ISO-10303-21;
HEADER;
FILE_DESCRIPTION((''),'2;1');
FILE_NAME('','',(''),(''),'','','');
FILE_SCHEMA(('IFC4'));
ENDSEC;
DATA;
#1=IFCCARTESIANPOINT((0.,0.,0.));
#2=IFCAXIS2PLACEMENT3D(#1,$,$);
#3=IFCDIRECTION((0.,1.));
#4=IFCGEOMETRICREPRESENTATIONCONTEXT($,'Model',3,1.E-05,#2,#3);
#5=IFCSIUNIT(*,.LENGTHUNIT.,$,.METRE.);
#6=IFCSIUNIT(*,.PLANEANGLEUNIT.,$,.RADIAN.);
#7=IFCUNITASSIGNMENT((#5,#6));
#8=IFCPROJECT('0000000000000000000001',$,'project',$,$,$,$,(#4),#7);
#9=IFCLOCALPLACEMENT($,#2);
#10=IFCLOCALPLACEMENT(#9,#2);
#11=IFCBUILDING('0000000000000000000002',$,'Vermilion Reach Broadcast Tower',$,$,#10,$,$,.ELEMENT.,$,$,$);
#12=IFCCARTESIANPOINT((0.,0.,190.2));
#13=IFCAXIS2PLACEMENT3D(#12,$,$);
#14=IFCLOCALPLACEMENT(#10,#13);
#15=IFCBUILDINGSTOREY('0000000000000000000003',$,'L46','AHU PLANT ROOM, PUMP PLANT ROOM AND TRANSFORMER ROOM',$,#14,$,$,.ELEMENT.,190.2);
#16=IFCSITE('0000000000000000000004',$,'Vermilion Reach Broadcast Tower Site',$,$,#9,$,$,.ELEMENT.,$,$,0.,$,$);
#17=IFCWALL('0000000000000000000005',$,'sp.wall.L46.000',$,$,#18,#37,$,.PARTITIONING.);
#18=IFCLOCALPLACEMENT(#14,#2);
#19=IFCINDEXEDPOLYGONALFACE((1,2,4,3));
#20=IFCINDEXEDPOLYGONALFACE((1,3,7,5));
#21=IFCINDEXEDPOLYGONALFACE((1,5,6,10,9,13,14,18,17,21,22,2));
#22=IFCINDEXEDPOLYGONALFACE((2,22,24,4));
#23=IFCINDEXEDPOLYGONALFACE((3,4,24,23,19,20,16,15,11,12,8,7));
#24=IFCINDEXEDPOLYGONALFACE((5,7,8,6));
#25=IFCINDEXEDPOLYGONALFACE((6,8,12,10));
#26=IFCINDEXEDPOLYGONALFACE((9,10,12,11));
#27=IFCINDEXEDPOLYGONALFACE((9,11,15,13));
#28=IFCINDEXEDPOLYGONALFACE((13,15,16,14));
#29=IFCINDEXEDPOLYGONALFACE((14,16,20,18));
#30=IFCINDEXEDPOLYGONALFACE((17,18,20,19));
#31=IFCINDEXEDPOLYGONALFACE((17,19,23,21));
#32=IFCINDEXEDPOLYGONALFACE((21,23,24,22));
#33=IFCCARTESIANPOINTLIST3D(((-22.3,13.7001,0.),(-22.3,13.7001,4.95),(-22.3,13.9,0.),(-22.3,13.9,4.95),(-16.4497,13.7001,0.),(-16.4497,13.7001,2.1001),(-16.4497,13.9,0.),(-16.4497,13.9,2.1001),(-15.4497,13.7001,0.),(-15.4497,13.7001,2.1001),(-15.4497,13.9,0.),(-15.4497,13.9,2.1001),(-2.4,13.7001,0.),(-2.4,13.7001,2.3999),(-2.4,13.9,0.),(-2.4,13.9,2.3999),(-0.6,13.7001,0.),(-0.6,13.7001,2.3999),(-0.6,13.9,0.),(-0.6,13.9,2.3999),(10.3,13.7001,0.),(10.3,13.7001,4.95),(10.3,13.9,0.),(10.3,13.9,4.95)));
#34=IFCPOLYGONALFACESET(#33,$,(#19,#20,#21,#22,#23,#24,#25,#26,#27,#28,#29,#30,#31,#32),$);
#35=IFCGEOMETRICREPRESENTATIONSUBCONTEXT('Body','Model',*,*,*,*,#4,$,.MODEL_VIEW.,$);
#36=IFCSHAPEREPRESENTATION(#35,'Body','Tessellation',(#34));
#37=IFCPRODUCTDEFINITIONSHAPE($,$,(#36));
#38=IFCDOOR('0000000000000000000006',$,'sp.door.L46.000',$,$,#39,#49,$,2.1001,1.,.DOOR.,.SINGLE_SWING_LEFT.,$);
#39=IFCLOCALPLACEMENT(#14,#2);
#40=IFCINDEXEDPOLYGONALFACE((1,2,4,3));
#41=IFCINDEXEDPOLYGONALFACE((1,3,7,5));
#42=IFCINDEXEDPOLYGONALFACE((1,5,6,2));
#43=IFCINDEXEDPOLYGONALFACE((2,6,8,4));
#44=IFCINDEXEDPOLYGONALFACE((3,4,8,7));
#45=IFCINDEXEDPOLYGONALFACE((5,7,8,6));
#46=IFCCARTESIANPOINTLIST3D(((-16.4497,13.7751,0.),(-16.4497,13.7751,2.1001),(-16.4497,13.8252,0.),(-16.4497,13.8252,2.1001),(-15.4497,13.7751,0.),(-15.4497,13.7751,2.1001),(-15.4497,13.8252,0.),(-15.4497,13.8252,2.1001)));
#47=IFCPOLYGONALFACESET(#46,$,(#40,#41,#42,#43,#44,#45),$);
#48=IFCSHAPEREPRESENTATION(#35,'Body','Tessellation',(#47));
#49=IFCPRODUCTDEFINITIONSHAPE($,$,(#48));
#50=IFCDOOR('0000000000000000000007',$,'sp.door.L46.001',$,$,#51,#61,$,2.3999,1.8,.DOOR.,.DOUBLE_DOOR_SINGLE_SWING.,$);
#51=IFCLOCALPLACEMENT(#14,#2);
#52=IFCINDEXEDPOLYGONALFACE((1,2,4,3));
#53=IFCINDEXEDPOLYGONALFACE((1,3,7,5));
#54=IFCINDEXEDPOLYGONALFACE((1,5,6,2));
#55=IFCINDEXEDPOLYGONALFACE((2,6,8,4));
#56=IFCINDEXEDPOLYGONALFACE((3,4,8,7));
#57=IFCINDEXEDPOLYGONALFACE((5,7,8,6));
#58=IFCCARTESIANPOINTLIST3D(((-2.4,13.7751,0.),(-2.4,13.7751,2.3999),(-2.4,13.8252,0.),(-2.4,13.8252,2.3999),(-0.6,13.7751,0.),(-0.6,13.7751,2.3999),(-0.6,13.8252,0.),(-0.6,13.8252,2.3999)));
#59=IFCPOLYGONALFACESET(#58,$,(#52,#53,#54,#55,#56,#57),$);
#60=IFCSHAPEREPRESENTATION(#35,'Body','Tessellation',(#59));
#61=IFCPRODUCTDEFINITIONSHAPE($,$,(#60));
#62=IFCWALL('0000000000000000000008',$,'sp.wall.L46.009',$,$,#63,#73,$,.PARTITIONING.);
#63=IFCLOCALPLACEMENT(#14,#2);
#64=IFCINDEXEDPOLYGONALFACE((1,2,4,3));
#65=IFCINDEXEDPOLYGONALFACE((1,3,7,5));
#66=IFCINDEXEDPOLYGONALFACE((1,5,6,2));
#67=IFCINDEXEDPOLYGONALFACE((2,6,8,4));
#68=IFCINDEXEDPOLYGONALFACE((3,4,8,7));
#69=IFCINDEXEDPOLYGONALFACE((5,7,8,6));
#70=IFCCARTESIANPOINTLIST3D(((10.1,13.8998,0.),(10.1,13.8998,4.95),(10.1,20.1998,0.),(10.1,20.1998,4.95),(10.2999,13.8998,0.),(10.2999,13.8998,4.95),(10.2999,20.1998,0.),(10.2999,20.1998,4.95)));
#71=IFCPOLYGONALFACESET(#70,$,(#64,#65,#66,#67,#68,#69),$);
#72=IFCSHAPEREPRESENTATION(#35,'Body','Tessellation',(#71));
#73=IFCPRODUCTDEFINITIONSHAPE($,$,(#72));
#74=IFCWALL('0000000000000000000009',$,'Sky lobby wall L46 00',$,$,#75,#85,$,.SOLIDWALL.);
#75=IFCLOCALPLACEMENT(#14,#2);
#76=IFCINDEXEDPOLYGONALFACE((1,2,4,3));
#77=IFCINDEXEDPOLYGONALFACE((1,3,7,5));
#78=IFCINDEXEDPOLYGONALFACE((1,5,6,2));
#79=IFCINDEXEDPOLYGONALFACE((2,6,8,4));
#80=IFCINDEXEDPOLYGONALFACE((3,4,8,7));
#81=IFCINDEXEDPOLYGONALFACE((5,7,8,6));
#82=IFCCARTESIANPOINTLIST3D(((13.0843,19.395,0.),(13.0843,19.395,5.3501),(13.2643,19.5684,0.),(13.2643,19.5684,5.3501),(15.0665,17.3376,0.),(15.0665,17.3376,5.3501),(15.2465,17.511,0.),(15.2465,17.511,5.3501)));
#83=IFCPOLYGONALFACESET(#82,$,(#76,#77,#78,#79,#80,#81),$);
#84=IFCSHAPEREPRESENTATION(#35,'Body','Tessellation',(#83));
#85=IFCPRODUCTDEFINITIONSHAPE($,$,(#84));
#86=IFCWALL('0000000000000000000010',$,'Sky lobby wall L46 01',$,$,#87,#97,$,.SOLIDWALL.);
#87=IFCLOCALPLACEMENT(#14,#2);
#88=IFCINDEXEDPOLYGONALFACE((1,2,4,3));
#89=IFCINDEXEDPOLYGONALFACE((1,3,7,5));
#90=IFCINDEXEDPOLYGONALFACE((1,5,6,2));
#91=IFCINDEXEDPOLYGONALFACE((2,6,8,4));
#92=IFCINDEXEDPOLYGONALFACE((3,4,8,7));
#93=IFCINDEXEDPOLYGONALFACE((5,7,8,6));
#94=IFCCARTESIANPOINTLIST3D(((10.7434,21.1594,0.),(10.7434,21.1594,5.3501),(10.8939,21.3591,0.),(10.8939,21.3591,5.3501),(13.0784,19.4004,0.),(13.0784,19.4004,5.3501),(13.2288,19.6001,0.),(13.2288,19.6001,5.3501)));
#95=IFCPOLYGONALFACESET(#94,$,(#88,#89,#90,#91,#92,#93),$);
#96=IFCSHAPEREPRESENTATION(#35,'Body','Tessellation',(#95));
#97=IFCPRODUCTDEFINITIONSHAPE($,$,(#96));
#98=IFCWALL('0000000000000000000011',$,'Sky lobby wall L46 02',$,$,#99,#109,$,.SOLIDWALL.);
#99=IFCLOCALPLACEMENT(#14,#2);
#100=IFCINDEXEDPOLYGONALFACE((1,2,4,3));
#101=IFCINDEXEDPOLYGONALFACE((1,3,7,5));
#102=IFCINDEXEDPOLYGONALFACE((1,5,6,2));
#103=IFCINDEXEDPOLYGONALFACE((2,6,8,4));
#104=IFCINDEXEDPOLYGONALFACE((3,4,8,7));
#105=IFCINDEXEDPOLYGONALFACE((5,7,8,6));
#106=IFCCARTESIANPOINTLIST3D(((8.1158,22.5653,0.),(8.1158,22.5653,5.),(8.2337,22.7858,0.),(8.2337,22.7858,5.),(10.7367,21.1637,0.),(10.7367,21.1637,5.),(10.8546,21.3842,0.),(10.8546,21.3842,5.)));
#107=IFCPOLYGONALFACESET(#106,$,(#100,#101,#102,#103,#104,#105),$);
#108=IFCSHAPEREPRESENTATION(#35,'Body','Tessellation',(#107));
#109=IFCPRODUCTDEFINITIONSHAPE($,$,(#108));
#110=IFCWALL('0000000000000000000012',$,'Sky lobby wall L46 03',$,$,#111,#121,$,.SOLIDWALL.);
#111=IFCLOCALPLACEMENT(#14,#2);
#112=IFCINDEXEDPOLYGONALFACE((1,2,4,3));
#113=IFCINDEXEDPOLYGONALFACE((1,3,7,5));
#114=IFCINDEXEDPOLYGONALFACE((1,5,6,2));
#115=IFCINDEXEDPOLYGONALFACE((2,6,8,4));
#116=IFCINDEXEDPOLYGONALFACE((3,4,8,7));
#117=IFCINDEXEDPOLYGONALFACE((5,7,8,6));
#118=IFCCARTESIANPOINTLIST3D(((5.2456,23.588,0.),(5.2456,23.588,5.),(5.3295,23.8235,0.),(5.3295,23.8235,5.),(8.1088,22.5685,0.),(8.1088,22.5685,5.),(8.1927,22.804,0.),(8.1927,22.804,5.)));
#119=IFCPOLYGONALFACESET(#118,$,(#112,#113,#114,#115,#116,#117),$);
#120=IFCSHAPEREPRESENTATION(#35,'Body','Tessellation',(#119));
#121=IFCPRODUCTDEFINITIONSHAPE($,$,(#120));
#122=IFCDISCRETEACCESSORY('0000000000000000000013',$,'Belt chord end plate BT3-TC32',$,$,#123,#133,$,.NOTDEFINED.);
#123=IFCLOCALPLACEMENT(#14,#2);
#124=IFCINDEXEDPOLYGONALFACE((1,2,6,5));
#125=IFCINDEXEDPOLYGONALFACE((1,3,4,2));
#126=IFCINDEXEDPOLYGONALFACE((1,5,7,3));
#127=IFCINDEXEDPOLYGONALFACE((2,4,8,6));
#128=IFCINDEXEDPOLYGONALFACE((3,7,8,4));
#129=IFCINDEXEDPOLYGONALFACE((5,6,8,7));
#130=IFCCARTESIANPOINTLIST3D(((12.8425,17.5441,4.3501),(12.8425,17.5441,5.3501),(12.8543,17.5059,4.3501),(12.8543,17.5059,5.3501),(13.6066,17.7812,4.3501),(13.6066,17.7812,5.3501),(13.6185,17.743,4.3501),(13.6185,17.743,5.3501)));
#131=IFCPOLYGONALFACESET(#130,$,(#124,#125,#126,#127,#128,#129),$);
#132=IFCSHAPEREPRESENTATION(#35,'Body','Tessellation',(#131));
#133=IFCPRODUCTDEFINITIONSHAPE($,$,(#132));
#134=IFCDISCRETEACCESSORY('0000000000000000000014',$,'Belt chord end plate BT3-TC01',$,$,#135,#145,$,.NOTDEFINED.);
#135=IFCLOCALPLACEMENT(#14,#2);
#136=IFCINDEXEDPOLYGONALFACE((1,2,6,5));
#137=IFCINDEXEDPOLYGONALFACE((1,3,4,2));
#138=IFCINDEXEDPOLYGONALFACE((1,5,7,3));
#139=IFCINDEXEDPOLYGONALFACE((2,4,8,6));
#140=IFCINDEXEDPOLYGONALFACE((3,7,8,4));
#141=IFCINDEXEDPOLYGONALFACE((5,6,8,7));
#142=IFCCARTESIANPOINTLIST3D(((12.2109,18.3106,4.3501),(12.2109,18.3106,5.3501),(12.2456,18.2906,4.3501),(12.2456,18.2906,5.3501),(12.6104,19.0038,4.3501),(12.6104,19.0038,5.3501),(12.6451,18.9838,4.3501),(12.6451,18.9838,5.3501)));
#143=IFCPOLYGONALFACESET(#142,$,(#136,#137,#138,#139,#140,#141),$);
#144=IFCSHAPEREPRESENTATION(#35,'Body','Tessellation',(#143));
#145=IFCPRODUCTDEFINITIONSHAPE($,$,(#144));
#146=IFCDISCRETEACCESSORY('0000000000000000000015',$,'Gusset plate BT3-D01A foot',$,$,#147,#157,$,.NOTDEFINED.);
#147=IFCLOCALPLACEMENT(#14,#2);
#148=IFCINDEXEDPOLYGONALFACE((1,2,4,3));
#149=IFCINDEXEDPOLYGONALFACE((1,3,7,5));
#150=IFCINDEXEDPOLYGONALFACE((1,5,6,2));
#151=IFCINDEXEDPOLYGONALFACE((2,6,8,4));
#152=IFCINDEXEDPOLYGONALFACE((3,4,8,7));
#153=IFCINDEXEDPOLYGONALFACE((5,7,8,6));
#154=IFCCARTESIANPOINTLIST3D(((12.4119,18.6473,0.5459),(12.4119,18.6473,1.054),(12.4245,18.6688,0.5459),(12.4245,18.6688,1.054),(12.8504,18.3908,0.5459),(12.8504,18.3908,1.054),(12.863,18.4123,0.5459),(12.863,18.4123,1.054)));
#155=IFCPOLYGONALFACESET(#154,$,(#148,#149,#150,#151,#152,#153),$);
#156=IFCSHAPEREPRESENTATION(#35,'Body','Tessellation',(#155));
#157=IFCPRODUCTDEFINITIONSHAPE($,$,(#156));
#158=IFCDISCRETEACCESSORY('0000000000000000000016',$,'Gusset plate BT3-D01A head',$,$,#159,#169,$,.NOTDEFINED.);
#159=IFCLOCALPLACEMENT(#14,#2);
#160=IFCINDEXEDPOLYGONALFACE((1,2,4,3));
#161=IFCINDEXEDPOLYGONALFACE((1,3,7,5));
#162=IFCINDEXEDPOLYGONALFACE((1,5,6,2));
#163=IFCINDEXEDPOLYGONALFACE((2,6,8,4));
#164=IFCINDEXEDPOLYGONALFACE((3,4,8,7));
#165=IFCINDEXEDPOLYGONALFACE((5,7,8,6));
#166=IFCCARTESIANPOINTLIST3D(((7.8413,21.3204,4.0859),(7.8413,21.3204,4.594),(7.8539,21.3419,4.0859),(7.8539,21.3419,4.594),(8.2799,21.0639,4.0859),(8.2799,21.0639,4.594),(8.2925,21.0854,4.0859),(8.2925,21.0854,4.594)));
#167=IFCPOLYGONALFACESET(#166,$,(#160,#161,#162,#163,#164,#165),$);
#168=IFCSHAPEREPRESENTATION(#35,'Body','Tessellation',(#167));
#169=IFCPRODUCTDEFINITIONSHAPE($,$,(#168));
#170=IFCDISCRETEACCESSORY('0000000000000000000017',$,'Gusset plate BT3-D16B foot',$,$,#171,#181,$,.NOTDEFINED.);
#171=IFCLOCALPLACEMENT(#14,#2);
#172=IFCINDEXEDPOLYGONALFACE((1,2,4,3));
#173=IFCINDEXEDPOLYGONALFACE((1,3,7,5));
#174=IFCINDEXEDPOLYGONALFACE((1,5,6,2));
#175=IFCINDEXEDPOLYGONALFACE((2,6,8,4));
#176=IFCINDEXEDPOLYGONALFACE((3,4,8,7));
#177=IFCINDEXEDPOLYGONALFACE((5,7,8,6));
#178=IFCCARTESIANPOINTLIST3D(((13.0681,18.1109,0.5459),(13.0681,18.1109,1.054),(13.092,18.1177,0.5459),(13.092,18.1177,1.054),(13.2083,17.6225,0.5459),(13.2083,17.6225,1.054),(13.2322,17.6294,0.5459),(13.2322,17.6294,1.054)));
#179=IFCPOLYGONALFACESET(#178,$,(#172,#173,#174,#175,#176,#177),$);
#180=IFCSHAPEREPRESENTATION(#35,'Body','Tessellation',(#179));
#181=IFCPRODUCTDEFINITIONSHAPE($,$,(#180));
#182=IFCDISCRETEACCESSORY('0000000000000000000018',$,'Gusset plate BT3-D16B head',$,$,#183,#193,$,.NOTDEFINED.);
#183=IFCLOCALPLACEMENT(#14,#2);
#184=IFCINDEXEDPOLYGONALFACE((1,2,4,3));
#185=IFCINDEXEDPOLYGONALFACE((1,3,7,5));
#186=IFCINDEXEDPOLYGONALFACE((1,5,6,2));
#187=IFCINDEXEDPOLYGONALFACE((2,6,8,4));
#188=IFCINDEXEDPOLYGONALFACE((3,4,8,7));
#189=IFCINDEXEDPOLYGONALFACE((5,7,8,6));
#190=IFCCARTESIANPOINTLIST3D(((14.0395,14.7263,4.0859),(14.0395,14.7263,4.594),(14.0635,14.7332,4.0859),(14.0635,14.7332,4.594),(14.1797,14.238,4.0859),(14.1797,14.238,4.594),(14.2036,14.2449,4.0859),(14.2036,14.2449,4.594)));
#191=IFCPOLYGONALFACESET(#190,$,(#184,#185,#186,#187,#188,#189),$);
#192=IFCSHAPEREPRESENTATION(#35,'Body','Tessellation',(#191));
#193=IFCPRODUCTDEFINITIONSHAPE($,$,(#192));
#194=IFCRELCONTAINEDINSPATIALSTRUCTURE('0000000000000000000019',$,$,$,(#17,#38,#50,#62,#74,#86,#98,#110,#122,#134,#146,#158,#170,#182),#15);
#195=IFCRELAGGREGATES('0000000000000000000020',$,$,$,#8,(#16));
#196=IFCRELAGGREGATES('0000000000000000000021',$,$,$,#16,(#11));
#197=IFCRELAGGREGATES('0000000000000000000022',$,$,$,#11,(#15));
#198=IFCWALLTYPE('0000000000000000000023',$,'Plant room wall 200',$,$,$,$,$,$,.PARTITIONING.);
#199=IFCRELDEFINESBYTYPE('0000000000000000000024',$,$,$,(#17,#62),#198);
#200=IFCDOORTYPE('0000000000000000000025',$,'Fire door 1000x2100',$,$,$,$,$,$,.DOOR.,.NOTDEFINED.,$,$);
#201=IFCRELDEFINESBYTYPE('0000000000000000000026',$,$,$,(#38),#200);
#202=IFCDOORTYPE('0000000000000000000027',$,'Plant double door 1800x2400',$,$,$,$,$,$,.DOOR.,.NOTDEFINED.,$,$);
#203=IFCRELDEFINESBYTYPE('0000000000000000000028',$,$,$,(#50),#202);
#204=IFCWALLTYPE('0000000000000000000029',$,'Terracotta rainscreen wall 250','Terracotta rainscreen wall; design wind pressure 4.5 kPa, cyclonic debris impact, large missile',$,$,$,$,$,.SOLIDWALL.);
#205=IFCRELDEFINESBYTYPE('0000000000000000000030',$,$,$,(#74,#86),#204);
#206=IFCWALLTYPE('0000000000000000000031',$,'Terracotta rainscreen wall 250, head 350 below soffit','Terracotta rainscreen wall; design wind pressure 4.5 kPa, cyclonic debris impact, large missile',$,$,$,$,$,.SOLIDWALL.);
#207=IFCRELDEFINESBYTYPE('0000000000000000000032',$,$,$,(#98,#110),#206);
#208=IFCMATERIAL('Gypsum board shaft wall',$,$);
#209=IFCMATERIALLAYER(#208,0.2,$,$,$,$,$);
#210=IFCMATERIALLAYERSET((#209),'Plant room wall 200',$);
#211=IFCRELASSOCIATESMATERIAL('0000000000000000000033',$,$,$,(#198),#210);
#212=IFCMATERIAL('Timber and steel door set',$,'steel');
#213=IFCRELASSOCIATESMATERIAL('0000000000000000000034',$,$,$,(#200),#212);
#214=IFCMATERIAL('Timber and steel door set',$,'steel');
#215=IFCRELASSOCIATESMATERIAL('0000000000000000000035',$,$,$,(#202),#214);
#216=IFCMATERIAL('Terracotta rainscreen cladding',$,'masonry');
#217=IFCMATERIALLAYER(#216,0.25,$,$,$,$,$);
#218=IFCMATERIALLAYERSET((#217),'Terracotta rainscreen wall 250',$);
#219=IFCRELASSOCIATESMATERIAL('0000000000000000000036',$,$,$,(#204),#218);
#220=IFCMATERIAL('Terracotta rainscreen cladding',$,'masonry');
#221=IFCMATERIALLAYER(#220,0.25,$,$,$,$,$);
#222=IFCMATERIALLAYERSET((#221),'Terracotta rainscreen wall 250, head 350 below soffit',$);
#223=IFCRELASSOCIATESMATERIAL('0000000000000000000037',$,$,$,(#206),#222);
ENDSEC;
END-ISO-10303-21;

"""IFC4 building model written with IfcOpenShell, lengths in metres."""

from ifc_helpers import new_model, si_unit, direction, frame, frame_2d, origin, origin_2d, place, context, subcontext, project, spatial, rectangle, extrude, material, layer, layer_set, type_object, element, fill, save


model = new_model("IFC4")

# Units and contexts
model_context = context("Model", 3, precision=1e-05, world=origin(), true_north=direction((0.0, 1.0)))
body_context = subcontext(model_context, "Body", "Model", "MODEL_VIEW")
ifc_project = project(units=[si_unit("LENGTHUNIT", "METRE"), si_unit("PLANEANGLEUNIT", "RADIAN")], contexts=[model_context])

# Site, building, storey
site_placement = place(None, origin())
site = spatial("IfcSite", under=ifc_project, at=site_placement, Name="Vermilion Reach Broadcast Tower Site", CompositionType="ELEMENT", RefElevation=0.0)
building_placement = place(site_placement, origin())
building = spatial("IfcBuilding", under=site, at=building_placement, Name="Vermilion Reach Broadcast Tower", CompositionType="ELEMENT")
storey_placement = place(building_placement, frame((0.0, 0.0, 190.2)))
storey = spatial("IfcBuildingStorey", under=building, at=storey_placement, Name="L46", Description="AHU PLANT ROOM, PUMP PLANT ROOM AND TRANSFORMER ROOM", CompositionType="ELEMENT", Elevation=190.2)

# Wall, openings, doors
ifc_material_1 = material(Name="Gypsum board shaft wall")
ifc_layer_1 = layer(ifc_material_1, 0.2)
ifc_layer_set_1 = layer_set([ifc_layer_1], Name="Plant room wall 200")
wall_type_1 = type_object("IfcWallType", Name="Plant room wall 200", PredefinedType="PARTITIONING", material=ifc_layer_set_1)
wall_1_placement = place(storey_placement, frame((10.3, 13.8, 0.0), z_axis=(0.0, 0.0, 1.0), x_axis=(-1.0, 0.0, 0.0)))
wall_1 = element("IfcWall", 1, at=wall_1_placement, inside=storey, type_object=wall_type_1, Name="sp.wall.L46.000", PredefinedType="PARTITIONING", context=body_context, shape_type="SweptSolid", body=[
    extrude(rectangle(XDim=32.6001, YDim=0.2, at=frame_2d((16.3, 0.0))), origin(), (0.0, 0.0, 1.0), 4.95),
])
opening_1_placement = place(wall_1_placement, frame((25.7498, 0.0, 0.0)))
opening_1 = element("IfcOpeningElement", 2, at=opening_1_placement, cuts=wall_1, PredefinedType="OPENING", context=body_context, shape_type="SweptSolid", body=[
    extrude(rectangle(XDim=1.0, YDim=2.1001, at=frame_2d((0.5, 1.05))), frame((0.0, 0.1099, 0.0), z_axis=(0.0, -1.0, 0.0), x_axis=(1.0, 0.0, 0.0)), (0.0, 0.0, 1.0), 0.22),
])
opening_2_placement = place(wall_1_placement, frame((10.9001, 0.0, 0.0)))
opening_2 = element("IfcOpeningElement", 3, at=opening_2_placement, cuts=wall_1, PredefinedType="OPENING", context=body_context, shape_type="SweptSolid", body=[
    extrude(rectangle(XDim=1.8, YDim=2.3999, at=frame_2d((0.8999, 1.2))), frame((0.0, 0.1099, 0.0), z_axis=(0.0, -1.0, 0.0), x_axis=(1.0, 0.0, 0.0)), (0.0, 0.0, 1.0), 0.22),
])
ifc_material_2 = material(Name="Timber and steel door set", Category="steel")
door_type_1 = type_object("IfcDoorType", Name="Fire door 1000x2100", OperationType="NOTDEFINED", PredefinedType="DOOR", material=ifc_material_2)
door_1_placement = place(opening_1_placement, origin())
door_1 = element("IfcDoor", 4, at=door_1_placement, inside=storey, type_object=door_type_1, Name="sp.door.L46.000", OperationType="SINGLE_SWING_LEFT", OverallHeight=2.1001, OverallWidth=1.0, PredefinedType="DOOR", context=body_context, shape_type="SweptSolid", body=[
    extrude(rectangle(XDim=1.0, YDim=2.1001, at=frame_2d((0.5, 1.05))), frame((0.0, 0.0249, 0.0), z_axis=(0.0, -1.0, 0.0), x_axis=(1.0, 0.0, 0.0)), (0.0, 0.0, 1.0), 0.05),
])
fill(opening_1, door_1)
ifc_material_3 = material(Name="Timber and steel door set", Category="steel")
door_type_2 = type_object("IfcDoorType", Name="Plant double door 1800x2400", OperationType="NOTDEFINED", PredefinedType="DOOR", material=ifc_material_3)
door_2_placement = place(opening_2_placement, origin())
door_2 = element("IfcDoor", 5, at=door_2_placement, inside=storey, type_object=door_type_2, Name="sp.door.L46.001", OperationType="DOUBLE_DOOR_SINGLE_SWING", OverallHeight=2.3999, OverallWidth=1.8, PredefinedType="DOOR", context=body_context, shape_type="SweptSolid", body=[
    extrude(rectangle(XDim=1.8, YDim=2.3999, at=frame_2d((0.8999, 1.2))), frame((0.0, 0.0249, 0.0), z_axis=(0.0, -1.0, 0.0), x_axis=(1.0, 0.0, 0.0)), (0.0, 0.0, 1.0), 0.05),
])
fill(opening_2, door_2)

# Walls
wall_2_placement = place(storey_placement, frame((10.2, 13.8999, 0.0), z_axis=(0.0, 0.0, 1.0), x_axis=(0.0, 1.0, 0.0)))
element("IfcWall", 6, at=wall_2_placement, inside=storey, type_object=wall_type_1, Name="sp.wall.L46.009", PredefinedType="PARTITIONING", context=body_context, shape_type="SweptSolid", body=[
    extrude(rectangle(XDim=6.3, YDim=0.2, at=frame_2d((3.1499, 0.0))), origin(), (0.0, 0.0, 1.0), 4.95),
])
ifc_material_4 = material(Name="Terracotta rainscreen cladding", Category="masonry")
ifc_layer_2 = layer(ifc_material_4, 0.25)
ifc_layer_set_2 = layer_set([ifc_layer_2], Name="Terracotta rainscreen wall 250")
wall_type_2 = type_object("IfcWallType", Name="Terracotta rainscreen wall 250", Description="Terracotta rainscreen wall; design wind pressure 4.5 kPa, cyclonic debris impact, large missile", PredefinedType="SOLIDWALL", material=ifc_layer_set_2)
wall_3_placement = place(storey_placement, frame((15.1565, 17.4243, 0.0), z_axis=(0.0, 0.0, 1.0), x_axis=(-0.693824, 0.720145, 0.0)))
element("IfcWall", 7, at=wall_3_placement, inside=storey, type_object=wall_type_2, Name="Sky lobby wall L46 00", PredefinedType="SOLIDWALL", context=body_context, shape_type="SweptSolid", body=[
    extrude(rectangle(XDim=2.8569, YDim=0.25, at=frame_2d((1.4285, 0.0))), origin(), (0.0, 0.0, 1.0), 5.3501),
])
wall_4_placement = place(storey_placement, frame((13.1536, 19.5002, 0.0), z_axis=(0.0, 0.0, 1.0), x_axis=(-0.798715, 0.601709, 0.0)))
element("IfcWall", 8, at=wall_4_placement, inside=storey, type_object=wall_type_2, Name="Sky lobby wall L46 01", PredefinedType="SOLIDWALL", context=body_context, shape_type="SweptSolid", body=[
    extrude(rectangle(XDim=2.9233, YDim=0.25, at=frame_2d((1.4617, 0.0))), origin(), (0.0, 0.0, 1.0), 5.3501),
])
ifc_material_5 = material(Name="Terracotta rainscreen cladding", Category="masonry")
ifc_layer_3 = layer(ifc_material_5, 0.25)
ifc_layer_set_3 = layer_set([ifc_layer_3], Name="Terracotta rainscreen wall 250, head 350 below soffit")
wall_type_3 = type_object("IfcWallType", Name="Terracotta rainscreen wall 250, head 350 below soffit", Description="Terracotta rainscreen wall; design wind pressure 4.5 kPa, cyclonic debris impact, large missile", PredefinedType="SOLIDWALL", material=ifc_layer_set_3)
wall_5_placement = place(storey_placement, frame((10.7957, 21.2739, 0.0), z_axis=(0.0, 0.0, 1.0), x_axis=(-0.881818, 0.47159, 0.0)))
element("IfcWall", 9, at=wall_5_placement, inside=storey, type_object=wall_type_3, Name="Sky lobby wall L46 02", PredefinedType="SOLIDWALL", context=body_context, shape_type="SweptSolid", body=[
    extrude(rectangle(XDim=2.9722, YDim=0.25, at=frame_2d((1.4861, 0.0))), origin(), (0.0, 0.0, 1.0), 5.0),
])
wall_6_placement = place(storey_placement, frame((8.1506, 22.6863, 0.0), z_axis=(0.0, 0.0, 1.0), x_axis=(-0.942061, 0.335441, 0.0)))
element("IfcWall", 10, at=wall_6_placement, inside=storey, type_object=wall_type_3, Name="Sky lobby wall L46 03", PredefinedType="SOLIDWALL", context=body_context, shape_type="SweptSolid", body=[
    extrude(rectangle(XDim=3.0393, YDim=0.25, at=frame_2d((1.5195, 0.0))), origin(), (0.0, 0.0, 1.0), 5.0),
])

# Discrete accessories
for number, where, z_axis, x_axis, name in (
    (11, (13.2305, 17.6436, 4.3501), (0.0, 0.0, 1.0), (-0.296297, 0.955096, 0.0), "Belt chord end plate BT3-TC32"),
    (12, (12.428, 18.6472, 4.3501), (0.0, 0.0, 1.0), (0.866413, -0.499327, 0.0), "Belt chord end plate BT3-TC01"),
):
    element("IfcDiscreteAccessory", number, at=place(storey_placement, frame(where, z_axis=z_axis, x_axis=x_axis)), inside=storey, Name=name, PredefinedType="NOTDEFINED", context=body_context, shape_type="SweptSolid", body=[
        extrude(rectangle(XDim=0.04, YDim=0.8, at=origin_2d()), origin(), (0.0, 0.0, 1.0), 1.0),
    ])
for number, where, z_axis, x_axis, name in (
    (13, (12.6375, 18.5298, 0.5459), (0.0, 0.0, 1.0), (-0.504849, -0.863208, 0.0), "Gusset plate BT3-D01A foot"),
    (14, (8.0669, 21.2029, 4.0859), (0.0, 0.0, 1.0), (-0.504849, -0.863208, 0.0), "Gusset plate BT3-D01A head"),
    (15, (13.1501, 17.8701, 0.5459), (0.0, 0.0, 1.0), (0.961187, 0.275897, 0.0), "Gusset plate BT3-D16B foot"),
    (16, (14.1216, 14.4856, 4.0859), (0.0, 0.0, 1.0), (0.961187, 0.275897, 0.0), "Gusset plate BT3-D16B head"),
):
    element("IfcDiscreteAccessory", number, at=place(storey_placement, frame(where, z_axis=z_axis, x_axis=x_axis)), inside=storey, Name=name, PredefinedType="NOTDEFINED", context=body_context, shape_type="SweptSolid", body=[
        extrude(rectangle(XDim=0.0249, YDim=0.5081, at=origin_2d()), origin(), (0.0, 0.0, 1.0), 0.5081),
    ])

save(model, "model.ifc")
